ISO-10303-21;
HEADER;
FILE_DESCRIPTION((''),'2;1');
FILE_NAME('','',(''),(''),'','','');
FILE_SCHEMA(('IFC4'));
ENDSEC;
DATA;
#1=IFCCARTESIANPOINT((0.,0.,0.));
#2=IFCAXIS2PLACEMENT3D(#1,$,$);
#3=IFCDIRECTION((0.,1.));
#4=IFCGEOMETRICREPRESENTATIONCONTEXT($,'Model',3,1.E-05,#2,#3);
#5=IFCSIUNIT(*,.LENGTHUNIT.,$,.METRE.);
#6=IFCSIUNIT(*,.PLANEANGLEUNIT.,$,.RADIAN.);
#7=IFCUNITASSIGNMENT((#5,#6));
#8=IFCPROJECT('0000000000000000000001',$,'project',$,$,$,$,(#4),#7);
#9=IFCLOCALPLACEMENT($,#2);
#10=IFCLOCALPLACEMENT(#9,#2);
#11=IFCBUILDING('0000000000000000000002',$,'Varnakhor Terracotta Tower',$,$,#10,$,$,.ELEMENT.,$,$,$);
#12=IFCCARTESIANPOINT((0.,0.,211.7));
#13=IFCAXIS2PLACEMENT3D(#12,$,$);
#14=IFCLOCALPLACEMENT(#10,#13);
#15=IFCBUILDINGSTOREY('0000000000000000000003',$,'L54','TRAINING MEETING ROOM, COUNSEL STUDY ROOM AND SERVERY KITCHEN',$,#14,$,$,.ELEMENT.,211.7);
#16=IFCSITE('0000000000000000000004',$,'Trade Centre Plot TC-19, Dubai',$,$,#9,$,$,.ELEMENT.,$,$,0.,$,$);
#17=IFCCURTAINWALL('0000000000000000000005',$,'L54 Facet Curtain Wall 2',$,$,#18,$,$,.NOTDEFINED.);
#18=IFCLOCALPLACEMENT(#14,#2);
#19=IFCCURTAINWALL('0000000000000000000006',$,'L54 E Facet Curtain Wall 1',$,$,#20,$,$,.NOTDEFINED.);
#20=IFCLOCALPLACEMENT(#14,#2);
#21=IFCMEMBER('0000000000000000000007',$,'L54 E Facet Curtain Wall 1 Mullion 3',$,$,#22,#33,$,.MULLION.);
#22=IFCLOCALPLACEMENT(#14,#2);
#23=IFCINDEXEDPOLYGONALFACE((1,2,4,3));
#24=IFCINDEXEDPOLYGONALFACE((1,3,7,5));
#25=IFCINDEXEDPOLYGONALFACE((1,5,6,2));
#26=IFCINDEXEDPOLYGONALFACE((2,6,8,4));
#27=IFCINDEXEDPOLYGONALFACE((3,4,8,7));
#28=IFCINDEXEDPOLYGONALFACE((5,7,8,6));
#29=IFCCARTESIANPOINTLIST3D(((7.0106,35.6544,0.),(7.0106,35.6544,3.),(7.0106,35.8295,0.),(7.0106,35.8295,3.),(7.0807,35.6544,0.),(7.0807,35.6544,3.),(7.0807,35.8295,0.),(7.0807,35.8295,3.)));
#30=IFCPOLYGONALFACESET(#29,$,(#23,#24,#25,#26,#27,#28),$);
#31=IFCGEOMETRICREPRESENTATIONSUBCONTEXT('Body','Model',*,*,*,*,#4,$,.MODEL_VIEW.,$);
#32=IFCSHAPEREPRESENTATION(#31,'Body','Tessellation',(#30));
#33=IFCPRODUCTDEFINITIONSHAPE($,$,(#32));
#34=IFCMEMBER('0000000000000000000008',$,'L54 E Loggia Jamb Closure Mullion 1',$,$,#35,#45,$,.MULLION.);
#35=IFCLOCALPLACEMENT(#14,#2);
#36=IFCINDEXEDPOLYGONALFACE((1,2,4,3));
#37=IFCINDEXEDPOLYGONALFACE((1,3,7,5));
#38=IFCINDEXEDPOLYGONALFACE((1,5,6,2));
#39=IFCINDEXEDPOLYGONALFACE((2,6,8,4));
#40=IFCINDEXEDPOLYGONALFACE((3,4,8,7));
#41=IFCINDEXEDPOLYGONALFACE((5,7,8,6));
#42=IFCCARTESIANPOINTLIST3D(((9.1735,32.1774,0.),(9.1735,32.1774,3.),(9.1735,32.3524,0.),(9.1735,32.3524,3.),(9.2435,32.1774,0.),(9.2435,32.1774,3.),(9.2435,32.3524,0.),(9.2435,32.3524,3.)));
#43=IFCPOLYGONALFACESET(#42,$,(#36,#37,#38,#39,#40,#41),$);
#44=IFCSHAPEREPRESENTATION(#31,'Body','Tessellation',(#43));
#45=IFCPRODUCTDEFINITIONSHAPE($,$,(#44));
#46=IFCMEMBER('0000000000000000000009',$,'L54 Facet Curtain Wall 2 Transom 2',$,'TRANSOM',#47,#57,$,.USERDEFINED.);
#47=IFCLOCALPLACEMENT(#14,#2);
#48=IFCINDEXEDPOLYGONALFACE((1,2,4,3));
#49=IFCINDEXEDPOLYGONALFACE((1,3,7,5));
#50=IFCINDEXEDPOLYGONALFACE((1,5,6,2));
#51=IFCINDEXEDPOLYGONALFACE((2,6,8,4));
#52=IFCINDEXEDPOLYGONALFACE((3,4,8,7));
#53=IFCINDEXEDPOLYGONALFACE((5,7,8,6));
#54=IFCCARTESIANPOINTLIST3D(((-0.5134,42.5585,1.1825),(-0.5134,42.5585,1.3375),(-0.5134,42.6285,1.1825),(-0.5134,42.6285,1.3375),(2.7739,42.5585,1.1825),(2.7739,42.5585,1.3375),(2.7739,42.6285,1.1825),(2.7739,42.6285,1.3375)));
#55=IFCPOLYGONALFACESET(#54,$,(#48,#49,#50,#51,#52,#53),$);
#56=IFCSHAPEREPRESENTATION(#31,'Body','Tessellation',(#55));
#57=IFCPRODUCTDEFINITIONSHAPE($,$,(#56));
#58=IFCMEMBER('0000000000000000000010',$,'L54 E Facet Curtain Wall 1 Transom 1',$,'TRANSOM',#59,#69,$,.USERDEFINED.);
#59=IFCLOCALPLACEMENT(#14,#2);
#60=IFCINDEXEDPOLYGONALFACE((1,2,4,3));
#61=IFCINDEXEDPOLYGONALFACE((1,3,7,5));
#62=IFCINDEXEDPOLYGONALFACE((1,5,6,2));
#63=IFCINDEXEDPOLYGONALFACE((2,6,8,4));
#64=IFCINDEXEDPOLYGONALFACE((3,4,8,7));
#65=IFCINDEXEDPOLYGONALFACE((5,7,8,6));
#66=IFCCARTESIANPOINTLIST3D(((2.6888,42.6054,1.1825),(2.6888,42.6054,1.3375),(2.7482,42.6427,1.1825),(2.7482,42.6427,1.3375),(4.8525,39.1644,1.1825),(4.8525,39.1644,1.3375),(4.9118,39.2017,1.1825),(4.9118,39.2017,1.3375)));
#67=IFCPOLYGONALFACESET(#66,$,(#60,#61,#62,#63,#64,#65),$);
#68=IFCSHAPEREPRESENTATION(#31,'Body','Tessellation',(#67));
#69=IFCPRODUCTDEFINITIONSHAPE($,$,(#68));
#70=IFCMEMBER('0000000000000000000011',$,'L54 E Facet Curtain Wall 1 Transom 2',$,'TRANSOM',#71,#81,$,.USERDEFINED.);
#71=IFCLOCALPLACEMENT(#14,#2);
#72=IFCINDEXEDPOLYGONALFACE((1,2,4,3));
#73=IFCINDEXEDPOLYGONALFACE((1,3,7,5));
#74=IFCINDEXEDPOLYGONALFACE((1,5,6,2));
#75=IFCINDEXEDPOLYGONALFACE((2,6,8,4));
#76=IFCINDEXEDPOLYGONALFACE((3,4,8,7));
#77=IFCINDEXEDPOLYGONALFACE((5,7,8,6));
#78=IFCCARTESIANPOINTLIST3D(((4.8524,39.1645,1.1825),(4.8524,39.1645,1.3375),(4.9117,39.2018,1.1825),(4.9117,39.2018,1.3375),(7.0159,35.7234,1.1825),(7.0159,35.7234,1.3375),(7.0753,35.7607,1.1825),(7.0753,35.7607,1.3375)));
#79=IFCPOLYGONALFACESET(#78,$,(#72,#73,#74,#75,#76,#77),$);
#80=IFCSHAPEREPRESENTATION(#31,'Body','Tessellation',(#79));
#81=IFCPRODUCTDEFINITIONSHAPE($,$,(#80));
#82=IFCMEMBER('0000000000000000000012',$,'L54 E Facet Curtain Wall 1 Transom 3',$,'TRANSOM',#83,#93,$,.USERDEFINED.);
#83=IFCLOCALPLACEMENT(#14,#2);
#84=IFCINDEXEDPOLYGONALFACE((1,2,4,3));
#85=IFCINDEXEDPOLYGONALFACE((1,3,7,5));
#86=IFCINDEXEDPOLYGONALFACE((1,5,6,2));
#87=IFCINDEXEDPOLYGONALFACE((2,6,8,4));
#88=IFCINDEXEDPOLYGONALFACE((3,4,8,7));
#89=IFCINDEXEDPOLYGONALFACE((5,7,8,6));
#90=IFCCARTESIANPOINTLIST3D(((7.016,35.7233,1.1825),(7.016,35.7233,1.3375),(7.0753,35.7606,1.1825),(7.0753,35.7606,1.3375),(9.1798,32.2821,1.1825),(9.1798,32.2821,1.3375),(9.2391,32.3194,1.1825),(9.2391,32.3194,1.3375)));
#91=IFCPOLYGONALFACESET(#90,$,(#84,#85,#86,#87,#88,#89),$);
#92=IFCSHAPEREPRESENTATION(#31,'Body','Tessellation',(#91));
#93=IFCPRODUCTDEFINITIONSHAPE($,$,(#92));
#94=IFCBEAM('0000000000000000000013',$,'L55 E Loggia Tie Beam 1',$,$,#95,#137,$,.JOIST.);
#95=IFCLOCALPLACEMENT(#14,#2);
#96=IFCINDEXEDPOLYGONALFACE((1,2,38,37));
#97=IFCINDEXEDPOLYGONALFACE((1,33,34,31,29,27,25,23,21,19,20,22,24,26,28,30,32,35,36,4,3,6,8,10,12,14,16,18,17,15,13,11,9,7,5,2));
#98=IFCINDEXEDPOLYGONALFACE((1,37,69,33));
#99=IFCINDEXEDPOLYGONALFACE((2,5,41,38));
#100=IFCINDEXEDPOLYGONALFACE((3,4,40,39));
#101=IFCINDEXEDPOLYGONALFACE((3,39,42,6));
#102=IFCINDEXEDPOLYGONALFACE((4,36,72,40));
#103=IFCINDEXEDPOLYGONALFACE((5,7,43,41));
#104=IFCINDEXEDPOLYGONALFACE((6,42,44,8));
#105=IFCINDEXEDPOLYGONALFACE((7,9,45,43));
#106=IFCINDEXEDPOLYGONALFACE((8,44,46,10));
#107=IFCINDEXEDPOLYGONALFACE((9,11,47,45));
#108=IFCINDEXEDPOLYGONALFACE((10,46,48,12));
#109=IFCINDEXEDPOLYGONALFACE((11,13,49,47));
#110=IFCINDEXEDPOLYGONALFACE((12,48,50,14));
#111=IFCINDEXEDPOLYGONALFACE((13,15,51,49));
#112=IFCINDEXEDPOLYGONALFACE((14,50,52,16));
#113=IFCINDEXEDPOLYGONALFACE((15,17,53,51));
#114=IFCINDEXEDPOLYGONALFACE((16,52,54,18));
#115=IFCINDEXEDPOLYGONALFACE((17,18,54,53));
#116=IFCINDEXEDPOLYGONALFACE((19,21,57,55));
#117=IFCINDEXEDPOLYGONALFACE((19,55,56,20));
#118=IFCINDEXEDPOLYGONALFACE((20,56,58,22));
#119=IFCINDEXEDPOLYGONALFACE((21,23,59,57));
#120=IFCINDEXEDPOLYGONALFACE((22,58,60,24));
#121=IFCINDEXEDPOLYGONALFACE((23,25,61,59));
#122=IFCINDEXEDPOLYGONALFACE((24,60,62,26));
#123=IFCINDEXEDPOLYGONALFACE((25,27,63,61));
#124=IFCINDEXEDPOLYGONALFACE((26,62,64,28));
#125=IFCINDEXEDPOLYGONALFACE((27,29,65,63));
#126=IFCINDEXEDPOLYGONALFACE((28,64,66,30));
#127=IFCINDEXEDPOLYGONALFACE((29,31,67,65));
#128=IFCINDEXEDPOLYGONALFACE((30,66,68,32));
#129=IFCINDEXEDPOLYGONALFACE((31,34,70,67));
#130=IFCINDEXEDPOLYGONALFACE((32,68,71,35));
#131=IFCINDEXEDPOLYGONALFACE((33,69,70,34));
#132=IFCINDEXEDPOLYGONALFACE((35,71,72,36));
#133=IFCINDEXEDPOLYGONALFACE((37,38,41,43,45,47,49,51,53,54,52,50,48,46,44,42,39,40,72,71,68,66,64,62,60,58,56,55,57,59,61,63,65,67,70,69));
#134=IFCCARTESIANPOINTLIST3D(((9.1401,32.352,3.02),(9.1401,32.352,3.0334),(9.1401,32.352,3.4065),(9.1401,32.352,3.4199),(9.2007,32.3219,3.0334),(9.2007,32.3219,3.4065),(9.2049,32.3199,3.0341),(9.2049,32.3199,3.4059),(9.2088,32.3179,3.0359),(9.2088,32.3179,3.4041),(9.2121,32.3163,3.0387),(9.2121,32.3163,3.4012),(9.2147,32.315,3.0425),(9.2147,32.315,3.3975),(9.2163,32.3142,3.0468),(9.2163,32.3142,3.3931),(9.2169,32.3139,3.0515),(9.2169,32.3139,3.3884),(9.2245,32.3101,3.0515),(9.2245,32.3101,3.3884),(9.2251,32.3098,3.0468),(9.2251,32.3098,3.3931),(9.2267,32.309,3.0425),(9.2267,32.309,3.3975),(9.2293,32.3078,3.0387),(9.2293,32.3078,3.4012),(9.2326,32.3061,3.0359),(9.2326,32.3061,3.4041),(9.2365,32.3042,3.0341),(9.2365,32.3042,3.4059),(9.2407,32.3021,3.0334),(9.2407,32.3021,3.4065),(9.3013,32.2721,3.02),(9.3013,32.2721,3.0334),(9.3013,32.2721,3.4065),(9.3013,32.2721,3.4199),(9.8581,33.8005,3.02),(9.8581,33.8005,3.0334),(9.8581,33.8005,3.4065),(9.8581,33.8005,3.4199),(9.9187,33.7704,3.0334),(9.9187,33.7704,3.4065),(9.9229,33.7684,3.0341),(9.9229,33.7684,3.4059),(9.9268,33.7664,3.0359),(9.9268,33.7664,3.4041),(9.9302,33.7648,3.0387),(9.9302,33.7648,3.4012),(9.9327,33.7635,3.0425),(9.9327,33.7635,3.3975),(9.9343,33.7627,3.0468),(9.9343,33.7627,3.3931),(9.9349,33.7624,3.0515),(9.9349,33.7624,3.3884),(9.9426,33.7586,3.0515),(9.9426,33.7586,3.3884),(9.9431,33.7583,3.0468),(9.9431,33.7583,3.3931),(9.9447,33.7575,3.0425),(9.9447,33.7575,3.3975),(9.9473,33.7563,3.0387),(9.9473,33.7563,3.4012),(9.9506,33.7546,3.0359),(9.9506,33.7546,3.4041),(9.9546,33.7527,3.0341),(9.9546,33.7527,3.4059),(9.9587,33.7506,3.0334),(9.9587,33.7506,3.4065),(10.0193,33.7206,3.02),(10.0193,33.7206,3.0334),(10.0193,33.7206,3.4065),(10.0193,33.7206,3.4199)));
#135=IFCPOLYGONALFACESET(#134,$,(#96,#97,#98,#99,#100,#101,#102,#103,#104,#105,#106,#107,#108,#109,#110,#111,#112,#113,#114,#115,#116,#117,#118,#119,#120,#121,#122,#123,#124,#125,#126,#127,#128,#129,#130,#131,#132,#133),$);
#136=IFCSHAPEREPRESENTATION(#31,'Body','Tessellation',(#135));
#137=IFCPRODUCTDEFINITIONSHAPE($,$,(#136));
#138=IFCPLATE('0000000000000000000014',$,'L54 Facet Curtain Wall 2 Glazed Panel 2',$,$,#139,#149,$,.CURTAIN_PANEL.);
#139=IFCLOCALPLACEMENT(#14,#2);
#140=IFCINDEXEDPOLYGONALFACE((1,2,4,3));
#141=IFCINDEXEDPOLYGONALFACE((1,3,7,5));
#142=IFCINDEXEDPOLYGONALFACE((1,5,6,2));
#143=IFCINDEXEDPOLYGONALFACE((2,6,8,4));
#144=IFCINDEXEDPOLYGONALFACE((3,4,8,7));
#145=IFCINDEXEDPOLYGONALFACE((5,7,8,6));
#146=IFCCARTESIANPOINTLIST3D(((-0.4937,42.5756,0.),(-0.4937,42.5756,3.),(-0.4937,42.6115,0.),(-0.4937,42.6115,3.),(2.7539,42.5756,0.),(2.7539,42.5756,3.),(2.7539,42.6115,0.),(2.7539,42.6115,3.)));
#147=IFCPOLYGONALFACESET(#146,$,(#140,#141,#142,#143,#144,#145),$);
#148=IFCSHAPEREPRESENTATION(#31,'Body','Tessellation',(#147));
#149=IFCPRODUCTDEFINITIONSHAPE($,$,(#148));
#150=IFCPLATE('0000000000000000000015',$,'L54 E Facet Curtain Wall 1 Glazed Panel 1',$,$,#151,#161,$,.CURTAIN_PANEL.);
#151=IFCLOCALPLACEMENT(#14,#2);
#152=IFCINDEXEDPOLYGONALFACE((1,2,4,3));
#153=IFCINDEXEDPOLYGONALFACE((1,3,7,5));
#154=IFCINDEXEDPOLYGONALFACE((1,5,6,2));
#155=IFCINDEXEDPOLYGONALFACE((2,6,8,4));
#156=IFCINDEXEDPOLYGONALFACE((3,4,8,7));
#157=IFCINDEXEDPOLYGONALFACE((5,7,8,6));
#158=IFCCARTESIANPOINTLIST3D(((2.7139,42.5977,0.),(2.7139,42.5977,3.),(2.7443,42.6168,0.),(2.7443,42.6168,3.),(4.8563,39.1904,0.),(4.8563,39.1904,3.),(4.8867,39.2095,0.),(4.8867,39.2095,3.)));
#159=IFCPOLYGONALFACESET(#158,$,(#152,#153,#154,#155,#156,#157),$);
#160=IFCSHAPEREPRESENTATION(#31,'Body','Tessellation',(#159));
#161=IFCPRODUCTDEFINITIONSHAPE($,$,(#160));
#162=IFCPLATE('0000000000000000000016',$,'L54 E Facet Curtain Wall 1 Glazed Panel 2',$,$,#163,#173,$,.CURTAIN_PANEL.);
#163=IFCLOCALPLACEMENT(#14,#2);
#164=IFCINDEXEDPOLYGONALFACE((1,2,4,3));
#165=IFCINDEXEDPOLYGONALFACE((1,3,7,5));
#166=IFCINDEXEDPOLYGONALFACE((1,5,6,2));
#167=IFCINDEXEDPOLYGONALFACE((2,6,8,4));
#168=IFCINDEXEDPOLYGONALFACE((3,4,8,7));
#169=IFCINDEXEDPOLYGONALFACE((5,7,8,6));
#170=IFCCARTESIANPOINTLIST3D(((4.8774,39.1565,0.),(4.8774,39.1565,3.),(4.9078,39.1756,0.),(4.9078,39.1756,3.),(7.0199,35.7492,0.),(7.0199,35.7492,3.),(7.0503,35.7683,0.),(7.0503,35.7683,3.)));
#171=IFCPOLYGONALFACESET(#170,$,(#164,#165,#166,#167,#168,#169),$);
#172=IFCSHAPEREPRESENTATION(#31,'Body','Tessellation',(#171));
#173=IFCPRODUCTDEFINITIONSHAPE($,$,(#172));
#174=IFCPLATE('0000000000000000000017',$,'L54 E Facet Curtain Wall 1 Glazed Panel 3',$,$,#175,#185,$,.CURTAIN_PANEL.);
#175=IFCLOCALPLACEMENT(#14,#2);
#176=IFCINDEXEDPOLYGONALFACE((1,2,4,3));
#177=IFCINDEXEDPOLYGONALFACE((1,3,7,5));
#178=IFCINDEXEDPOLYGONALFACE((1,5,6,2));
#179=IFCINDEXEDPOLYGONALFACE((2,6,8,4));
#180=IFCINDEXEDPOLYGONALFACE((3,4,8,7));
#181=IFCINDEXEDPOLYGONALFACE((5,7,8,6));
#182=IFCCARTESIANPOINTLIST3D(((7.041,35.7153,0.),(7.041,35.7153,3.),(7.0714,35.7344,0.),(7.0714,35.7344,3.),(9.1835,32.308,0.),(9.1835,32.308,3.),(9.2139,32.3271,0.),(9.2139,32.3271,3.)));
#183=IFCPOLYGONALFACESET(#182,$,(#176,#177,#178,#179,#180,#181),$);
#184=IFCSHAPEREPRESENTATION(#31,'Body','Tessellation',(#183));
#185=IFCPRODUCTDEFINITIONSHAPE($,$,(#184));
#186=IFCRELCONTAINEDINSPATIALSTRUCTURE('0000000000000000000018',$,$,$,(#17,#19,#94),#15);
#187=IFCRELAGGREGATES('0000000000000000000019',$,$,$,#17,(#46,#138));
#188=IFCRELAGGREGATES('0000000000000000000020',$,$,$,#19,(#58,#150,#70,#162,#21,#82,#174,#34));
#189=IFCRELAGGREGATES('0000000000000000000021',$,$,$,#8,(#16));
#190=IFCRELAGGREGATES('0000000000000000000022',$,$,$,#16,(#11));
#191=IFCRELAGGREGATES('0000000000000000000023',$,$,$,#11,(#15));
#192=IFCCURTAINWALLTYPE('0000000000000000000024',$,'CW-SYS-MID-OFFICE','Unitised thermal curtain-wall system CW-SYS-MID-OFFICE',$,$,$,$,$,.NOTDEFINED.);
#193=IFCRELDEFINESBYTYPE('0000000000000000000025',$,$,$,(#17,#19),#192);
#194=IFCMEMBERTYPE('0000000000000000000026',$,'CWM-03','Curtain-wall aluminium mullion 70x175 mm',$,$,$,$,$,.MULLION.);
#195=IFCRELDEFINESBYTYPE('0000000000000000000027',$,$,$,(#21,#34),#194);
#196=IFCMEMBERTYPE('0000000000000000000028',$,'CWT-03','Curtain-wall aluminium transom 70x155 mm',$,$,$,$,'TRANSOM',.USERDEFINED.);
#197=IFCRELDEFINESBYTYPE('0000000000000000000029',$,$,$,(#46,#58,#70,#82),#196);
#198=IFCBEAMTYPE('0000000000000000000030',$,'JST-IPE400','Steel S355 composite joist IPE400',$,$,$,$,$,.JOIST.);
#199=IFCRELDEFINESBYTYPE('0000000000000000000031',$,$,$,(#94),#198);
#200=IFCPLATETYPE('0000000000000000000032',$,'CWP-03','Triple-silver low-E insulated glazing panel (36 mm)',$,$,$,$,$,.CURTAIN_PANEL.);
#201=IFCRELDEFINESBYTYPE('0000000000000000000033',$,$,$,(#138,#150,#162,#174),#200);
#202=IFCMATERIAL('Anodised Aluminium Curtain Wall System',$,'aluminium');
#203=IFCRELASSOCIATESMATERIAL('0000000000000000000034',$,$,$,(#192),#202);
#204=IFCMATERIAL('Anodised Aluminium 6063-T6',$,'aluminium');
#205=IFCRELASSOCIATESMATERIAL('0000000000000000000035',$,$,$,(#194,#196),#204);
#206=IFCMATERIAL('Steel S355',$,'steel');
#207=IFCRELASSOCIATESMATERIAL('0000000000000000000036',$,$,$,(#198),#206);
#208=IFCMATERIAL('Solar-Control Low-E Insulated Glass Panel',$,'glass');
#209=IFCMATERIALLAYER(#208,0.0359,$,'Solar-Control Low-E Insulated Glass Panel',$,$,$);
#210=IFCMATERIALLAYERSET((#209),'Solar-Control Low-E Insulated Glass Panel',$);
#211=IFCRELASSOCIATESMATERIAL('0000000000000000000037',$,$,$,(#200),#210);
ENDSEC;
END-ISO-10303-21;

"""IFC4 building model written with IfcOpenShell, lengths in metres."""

from ifc_helpers import new_model, si_unit, direction, frame, origin, origin_2d, place, context, subcontext, project, spatial, rectangle, i_section, extrude, source, transform, mapped, material, layer, layer_set, material_profile, profile_set, type_object, element, aggregate, save


model = new_model("IFC4")

# Units and contexts
model_context = context("Model", 3, precision=1e-05, world=origin(), true_north=direction((0.0, 1.0)))
body_context = subcontext(model_context, "Body", "Model", "MODEL_VIEW")
ifc_project = project(units=[si_unit("LENGTHUNIT", "METRE"), si_unit("PLANEANGLEUNIT", "RADIAN")], contexts=[model_context])

# Site, building, storey
site_placement = place(None, origin())
site = spatial("IfcSite", under=ifc_project, at=site_placement, Name="Trade Centre Plot TC-19, Dubai", CompositionType="ELEMENT", RefElevation=0.0)
building_placement = place(site_placement, origin())
building = spatial("IfcBuilding", under=site, at=building_placement, Name="Varnakhor Terracotta Tower", CompositionType="ELEMENT")
storey_placement = place(building_placement, frame((0.0, 0.0, 211.7)))
storey = spatial("IfcBuildingStorey", under=building, at=storey_placement, Name="L54", Description="TRAINING MEETING ROOM, COUNSEL STUDY ROOM AND SERVERY KITCHEN", CompositionType="ELEMENT", Elevation=211.7)

# Shared definitions
ifc_material_1 = material(Name="Steel S355", Category="steel")

# Curtain wall
ifc_material_2 = material(Name="Anodised Aluminium Curtain Wall System", Category="aluminium")
curtain_wall_type = type_object("IfcCurtainWallType", Name="CW-SYS-MID-OFFICE", Description="Unitised thermal curtain-wall system CW-SYS-MID-OFFICE", PredefinedType="NOTDEFINED", material=ifc_material_2)
curtain_wall_1_placement = place(storey_placement, origin())
curtain_wall_1 = element("IfcCurtainWall", 1, at=curtain_wall_1_placement, inside=storey, type_object=curtain_wall_type, Name="L54 Facet Curtain Wall 2", PredefinedType="NOTDEFINED")
ifc_material_3 = material(Name="Anodised Aluminium 6063-T6", Category="aluminium")
ifc_material_profile_1 = material_profile(ifc_material_3, rectangle(XDim=0.0701, YDim=0.175, at=origin_2d()), Name="ALU MULLION 70x175")
ifc_profile_set_1 = profile_set([ifc_material_profile_1], Name="Anodised Aluminium 6063-T6")
member_type_1 = type_object("IfcMemberType", Name="CWM-03", Description="Curtain-wall aluminium mullion 70x175 mm", PredefinedType="MULLION", material=ifc_profile_set_1)
shared_shape_1 = source(origin(), body_context, "Body", "SweptSolid", [
    extrude(rectangle(XDim=0.0701, YDim=0.175, at=origin_2d()), origin(), (0.0, 0.0, 1.0), 3.0),
])

# Curtain wall, members
curtain_wall_2_placement = place(storey_placement, origin())
curtain_wall_2 = element("IfcCurtainWall", 2, at=curtain_wall_2_placement, inside=storey, type_object=curtain_wall_type, Name="L54 E Facet Curtain Wall 1", PredefinedType="NOTDEFINED")
member_1_placement = place(storey_placement, frame((7.0457, 35.7419, 0.0), z_axis=(0.0, 0.0, 1.0), x_axis=(1.0, 0.0, 0.0)))
member_1 = element("IfcMember", 3, at=member_1_placement, type_object=member_type_1, Name="L54 E Facet Curtain Wall 1 Mullion 3", PredefinedType="MULLION", context=body_context, shape_type="MappedRepresentation", body=[
    mapped(shared_shape_1, transform((0.0, 0.0, 0.0), scale=1.0)),
])
member_2_placement = place(storey_placement, frame((9.2085, 32.2649, 0.0), z_axis=(0.0, 0.0, 1.0), x_axis=(1.0, 0.0, 0.0)))
member_2 = element("IfcMember", 4, at=member_2_placement, type_object=member_type_1, Name="L54 E Loggia Jamb Closure Mullion 1", PredefinedType="MULLION", context=body_context, shape_type="MappedRepresentation", body=[
    mapped(shared_shape_1, transform((0.0, 0.0, 0.0), scale=1.0)),
])

# Members
ifc_material_profile_2 = material_profile(ifc_material_3, rectangle(XDim=0.0701, YDim=0.155, at=origin_2d()), Name="ALU TRANSOM 70x155")
ifc_profile_set_2 = profile_set([ifc_material_profile_2], Name="Anodised Aluminium 6063-T6")
member_type_2 = type_object("IfcMemberType", Name="CWT-03", Description="Curtain-wall aluminium transom 70x155 mm", ElementType="TRANSOM", PredefinedType="USERDEFINED", material=ifc_profile_set_2)
shared_shape_2 = source(origin(), body_context, "Body", "SweptSolid", [
    extrude(rectangle(XDim=0.0701, YDim=0.155, at=origin_2d()), origin(), (0.0, 0.0, 1.0), 3.2874),
])
member_3_placement = place(storey_placement, frame((-0.5134, 42.5935, 1.26), z_axis=(1.0, 0.0, 0.0), x_axis=(0.0, 1.0, 0.0)))
member_3 = element("IfcMember", 5, at=member_3_placement, type_object=member_type_2, Name="L54 Facet Curtain Wall 2 Transom 2", ObjectType="TRANSOM", PredefinedType="USERDEFINED", context=body_context, shape_type="MappedRepresentation", body=[
    mapped(shared_shape_2, transform((0.0, 0.0, 0.0), scale=1.0)),
])
shared_shape_3 = source(origin(), body_context, "Body", "SweptSolid", [
    extrude(rectangle(XDim=0.0701, YDim=0.155, at=origin_2d()), origin(), (0.0, 0.0, 1.0), 4.0647),
])
member_4_placement = place(storey_placement, frame((2.7185, 42.624, 1.26), z_axis=(0.532297, -0.846558, 0.0), x_axis=(0.846558, 0.532297, 0.0)))
member_4 = element("IfcMember", 6, at=member_4_placement, type_object=member_type_2, Name="L54 E Facet Curtain Wall 1 Transom 1", ObjectType="TRANSOM", PredefinedType="USERDEFINED", context=body_context, shape_type="MappedRepresentation", body=[
    mapped(shared_shape_3, transform((0.0, 0.0, 0.0), scale=1.0)),
])
member_5_placement = place(storey_placement, frame((4.8821, 39.1831, 1.26), z_axis=(0.53227, -0.846575, 0.0), x_axis=(0.846575, 0.53227, 0.0)))
member_5 = element("IfcMember", 7, at=member_5_placement, type_object=member_type_2, Name="L54 E Facet Curtain Wall 1 Transom 2", ObjectType="TRANSOM", PredefinedType="USERDEFINED", context=body_context, shape_type="MappedRepresentation", body=[
    mapped(shared_shape_3, transform((0.0, 0.0, 0.0), scale=1.0)),
])
shared_shape_4 = source(origin(), body_context, "Body", "SweptSolid", [
    extrude(rectangle(XDim=0.0701, YDim=0.155, at=origin_2d()), origin(), (0.0, 0.0, 1.0), 4.0649),
])
member_6_placement = place(storey_placement, frame((7.0457, 35.7419, 1.26), z_axis=(0.532313, -0.846548, 0.0), x_axis=(0.846548, 0.532313, 0.0)))
member_6 = element("IfcMember", 8, at=member_6_placement, type_object=member_type_2, Name="L54 E Facet Curtain Wall 1 Transom 3", ObjectType="TRANSOM", PredefinedType="USERDEFINED", context=body_context, shape_type="MappedRepresentation", body=[
    mapped(shared_shape_4, transform((0.0, 0.0, 0.0), scale=1.0)),
])

# Beam
ifc_material_profile_3 = material_profile(ifc_material_1, i_section(OverallWidth=0.1799, OverallDepth=0.3999, WebThickness=0.0085, FlangeThickness=0.0134, FilletRadius=0.0181, at=origin_2d()), Name="IPE400")
ifc_profile_set_3 = profile_set([ifc_material_profile_3], Name="Steel S355")
beam_type_1 = type_object("IfcBeamType", Name="JST-IPE400", Description="Steel S355 composite joist IPE400", PredefinedType="JOIST", material=ifc_profile_set_3)
shared_shape_5 = source(origin(), body_context, "Body", "SweptSolid", [
    extrude(i_section(OverallWidth=0.1799, OverallDepth=0.3999, WebThickness=0.0085, FlangeThickness=0.0134, FilletRadius=0.0181, at=origin_2d()), origin(), (0.0, 0.0, 1.0), 1.6167),
])
beam_1_placement = place(storey_placement, frame((9.2207, 32.312, 3.22), z_axis=(0.44413, 0.895962, 0.0), x_axis=(-0.895962, 0.44413, 0.0)))
element("IfcBeam", 9, at=beam_1_placement, inside=storey, type_object=beam_type_1, Name="L55 E Loggia Tie Beam 1", PredefinedType="JOIST", context=body_context, shape_type="MappedRepresentation", body=[
    mapped(shared_shape_5, transform((0.0, 0.0, 0.0), scale=1.0)),
])

# Plates
ifc_material_4 = material(Name="Solar-Control Low-E Insulated Glass Panel", Category="glass")
ifc_layer_1 = layer(ifc_material_4, 0.0359, Name="Solar-Control Low-E Insulated Glass Panel")
ifc_layer_set_1 = layer_set([ifc_layer_1], Name="Solar-Control Low-E Insulated Glass Panel")
plate_type = type_object("IfcPlateType", Name="CWP-03", Description="Triple-silver low-E insulated glazing panel (36 mm)", PredefinedType="CURTAIN_PANEL", material=ifc_layer_set_1)
shared_shape_6 = source(origin(), body_context, "Body", "SweptSolid", [
    extrude(rectangle(XDim=3.2476, YDim=0.0359, at=origin_2d()), origin(), (0.0, 0.0, 1.0), 3.0),
])
plate_1_placement = place(storey_placement, frame((1.1301, 42.5935, 0.0), z_axis=(0.0, 0.0, 1.0), x_axis=(1.0, 0.0, 0.0)))
plate_1 = element("IfcPlate", 10, at=plate_1_placement, type_object=plate_type, Name="L54 Facet Curtain Wall 2 Glazed Panel 2", PredefinedType="CURTAIN_PANEL", context=body_context, shape_type="MappedRepresentation", body=[
    mapped(shared_shape_6, transform((0.0, 0.0, 0.0), scale=1.0)),
])
aggregate(curtain_wall_1, [member_3, plate_1])
shared_shape_7 = source(origin(), body_context, "Body", "SweptSolid", [
    extrude(rectangle(XDim=4.0249, YDim=0.0359, at=origin_2d()), origin(), (0.0, 0.0, 1.0), 3.0),
])
plate_2_placement = place(storey_placement, frame((3.8003, 40.9036, 0.0), z_axis=(0.0, 0.0, 1.0), x_axis=(0.5323, -0.846556, 0.0)))
plate_2 = element("IfcPlate", 11, at=plate_2_placement, type_object=plate_type, Name="L54 E Facet Curtain Wall 1 Glazed Panel 1", PredefinedType="CURTAIN_PANEL", context=body_context, shape_type="MappedRepresentation", body=[
    mapped(shared_shape_7, transform((0.0, 0.0, 0.0), scale=1.0)),
])
plate_3_placement = place(storey_placement, frame((5.9639, 37.4624, 0.0), z_axis=(0.0, 0.0, 1.0), x_axis=(0.5323, -0.846556, 0.0)))
plate_3 = element("IfcPlate", 12, at=plate_3_placement, type_object=plate_type, Name="L54 E Facet Curtain Wall 1 Glazed Panel 2", PredefinedType="CURTAIN_PANEL", context=body_context, shape_type="MappedRepresentation", body=[
    mapped(shared_shape_7, transform((0.0, 0.0, 0.0), scale=1.0)),
])
plate_4_placement = place(storey_placement, frame((8.1274, 34.0212, 0.0), z_axis=(0.0, 0.0, 1.0), x_axis=(0.5323, -0.846556, 0.0)))
plate_4 = element("IfcPlate", 13, at=plate_4_placement, type_object=plate_type, Name="L54 E Facet Curtain Wall 1 Glazed Panel 3", PredefinedType="CURTAIN_PANEL", context=body_context, shape_type="MappedRepresentation", body=[
    mapped(shared_shape_7, transform((0.0, 0.0, 0.0), scale=1.0)),
])
aggregate(curtain_wall_2, [member_4, plate_2, member_5, plate_3, member_1, member_6, plate_4, member_2])

save(model, "model.ifc")
